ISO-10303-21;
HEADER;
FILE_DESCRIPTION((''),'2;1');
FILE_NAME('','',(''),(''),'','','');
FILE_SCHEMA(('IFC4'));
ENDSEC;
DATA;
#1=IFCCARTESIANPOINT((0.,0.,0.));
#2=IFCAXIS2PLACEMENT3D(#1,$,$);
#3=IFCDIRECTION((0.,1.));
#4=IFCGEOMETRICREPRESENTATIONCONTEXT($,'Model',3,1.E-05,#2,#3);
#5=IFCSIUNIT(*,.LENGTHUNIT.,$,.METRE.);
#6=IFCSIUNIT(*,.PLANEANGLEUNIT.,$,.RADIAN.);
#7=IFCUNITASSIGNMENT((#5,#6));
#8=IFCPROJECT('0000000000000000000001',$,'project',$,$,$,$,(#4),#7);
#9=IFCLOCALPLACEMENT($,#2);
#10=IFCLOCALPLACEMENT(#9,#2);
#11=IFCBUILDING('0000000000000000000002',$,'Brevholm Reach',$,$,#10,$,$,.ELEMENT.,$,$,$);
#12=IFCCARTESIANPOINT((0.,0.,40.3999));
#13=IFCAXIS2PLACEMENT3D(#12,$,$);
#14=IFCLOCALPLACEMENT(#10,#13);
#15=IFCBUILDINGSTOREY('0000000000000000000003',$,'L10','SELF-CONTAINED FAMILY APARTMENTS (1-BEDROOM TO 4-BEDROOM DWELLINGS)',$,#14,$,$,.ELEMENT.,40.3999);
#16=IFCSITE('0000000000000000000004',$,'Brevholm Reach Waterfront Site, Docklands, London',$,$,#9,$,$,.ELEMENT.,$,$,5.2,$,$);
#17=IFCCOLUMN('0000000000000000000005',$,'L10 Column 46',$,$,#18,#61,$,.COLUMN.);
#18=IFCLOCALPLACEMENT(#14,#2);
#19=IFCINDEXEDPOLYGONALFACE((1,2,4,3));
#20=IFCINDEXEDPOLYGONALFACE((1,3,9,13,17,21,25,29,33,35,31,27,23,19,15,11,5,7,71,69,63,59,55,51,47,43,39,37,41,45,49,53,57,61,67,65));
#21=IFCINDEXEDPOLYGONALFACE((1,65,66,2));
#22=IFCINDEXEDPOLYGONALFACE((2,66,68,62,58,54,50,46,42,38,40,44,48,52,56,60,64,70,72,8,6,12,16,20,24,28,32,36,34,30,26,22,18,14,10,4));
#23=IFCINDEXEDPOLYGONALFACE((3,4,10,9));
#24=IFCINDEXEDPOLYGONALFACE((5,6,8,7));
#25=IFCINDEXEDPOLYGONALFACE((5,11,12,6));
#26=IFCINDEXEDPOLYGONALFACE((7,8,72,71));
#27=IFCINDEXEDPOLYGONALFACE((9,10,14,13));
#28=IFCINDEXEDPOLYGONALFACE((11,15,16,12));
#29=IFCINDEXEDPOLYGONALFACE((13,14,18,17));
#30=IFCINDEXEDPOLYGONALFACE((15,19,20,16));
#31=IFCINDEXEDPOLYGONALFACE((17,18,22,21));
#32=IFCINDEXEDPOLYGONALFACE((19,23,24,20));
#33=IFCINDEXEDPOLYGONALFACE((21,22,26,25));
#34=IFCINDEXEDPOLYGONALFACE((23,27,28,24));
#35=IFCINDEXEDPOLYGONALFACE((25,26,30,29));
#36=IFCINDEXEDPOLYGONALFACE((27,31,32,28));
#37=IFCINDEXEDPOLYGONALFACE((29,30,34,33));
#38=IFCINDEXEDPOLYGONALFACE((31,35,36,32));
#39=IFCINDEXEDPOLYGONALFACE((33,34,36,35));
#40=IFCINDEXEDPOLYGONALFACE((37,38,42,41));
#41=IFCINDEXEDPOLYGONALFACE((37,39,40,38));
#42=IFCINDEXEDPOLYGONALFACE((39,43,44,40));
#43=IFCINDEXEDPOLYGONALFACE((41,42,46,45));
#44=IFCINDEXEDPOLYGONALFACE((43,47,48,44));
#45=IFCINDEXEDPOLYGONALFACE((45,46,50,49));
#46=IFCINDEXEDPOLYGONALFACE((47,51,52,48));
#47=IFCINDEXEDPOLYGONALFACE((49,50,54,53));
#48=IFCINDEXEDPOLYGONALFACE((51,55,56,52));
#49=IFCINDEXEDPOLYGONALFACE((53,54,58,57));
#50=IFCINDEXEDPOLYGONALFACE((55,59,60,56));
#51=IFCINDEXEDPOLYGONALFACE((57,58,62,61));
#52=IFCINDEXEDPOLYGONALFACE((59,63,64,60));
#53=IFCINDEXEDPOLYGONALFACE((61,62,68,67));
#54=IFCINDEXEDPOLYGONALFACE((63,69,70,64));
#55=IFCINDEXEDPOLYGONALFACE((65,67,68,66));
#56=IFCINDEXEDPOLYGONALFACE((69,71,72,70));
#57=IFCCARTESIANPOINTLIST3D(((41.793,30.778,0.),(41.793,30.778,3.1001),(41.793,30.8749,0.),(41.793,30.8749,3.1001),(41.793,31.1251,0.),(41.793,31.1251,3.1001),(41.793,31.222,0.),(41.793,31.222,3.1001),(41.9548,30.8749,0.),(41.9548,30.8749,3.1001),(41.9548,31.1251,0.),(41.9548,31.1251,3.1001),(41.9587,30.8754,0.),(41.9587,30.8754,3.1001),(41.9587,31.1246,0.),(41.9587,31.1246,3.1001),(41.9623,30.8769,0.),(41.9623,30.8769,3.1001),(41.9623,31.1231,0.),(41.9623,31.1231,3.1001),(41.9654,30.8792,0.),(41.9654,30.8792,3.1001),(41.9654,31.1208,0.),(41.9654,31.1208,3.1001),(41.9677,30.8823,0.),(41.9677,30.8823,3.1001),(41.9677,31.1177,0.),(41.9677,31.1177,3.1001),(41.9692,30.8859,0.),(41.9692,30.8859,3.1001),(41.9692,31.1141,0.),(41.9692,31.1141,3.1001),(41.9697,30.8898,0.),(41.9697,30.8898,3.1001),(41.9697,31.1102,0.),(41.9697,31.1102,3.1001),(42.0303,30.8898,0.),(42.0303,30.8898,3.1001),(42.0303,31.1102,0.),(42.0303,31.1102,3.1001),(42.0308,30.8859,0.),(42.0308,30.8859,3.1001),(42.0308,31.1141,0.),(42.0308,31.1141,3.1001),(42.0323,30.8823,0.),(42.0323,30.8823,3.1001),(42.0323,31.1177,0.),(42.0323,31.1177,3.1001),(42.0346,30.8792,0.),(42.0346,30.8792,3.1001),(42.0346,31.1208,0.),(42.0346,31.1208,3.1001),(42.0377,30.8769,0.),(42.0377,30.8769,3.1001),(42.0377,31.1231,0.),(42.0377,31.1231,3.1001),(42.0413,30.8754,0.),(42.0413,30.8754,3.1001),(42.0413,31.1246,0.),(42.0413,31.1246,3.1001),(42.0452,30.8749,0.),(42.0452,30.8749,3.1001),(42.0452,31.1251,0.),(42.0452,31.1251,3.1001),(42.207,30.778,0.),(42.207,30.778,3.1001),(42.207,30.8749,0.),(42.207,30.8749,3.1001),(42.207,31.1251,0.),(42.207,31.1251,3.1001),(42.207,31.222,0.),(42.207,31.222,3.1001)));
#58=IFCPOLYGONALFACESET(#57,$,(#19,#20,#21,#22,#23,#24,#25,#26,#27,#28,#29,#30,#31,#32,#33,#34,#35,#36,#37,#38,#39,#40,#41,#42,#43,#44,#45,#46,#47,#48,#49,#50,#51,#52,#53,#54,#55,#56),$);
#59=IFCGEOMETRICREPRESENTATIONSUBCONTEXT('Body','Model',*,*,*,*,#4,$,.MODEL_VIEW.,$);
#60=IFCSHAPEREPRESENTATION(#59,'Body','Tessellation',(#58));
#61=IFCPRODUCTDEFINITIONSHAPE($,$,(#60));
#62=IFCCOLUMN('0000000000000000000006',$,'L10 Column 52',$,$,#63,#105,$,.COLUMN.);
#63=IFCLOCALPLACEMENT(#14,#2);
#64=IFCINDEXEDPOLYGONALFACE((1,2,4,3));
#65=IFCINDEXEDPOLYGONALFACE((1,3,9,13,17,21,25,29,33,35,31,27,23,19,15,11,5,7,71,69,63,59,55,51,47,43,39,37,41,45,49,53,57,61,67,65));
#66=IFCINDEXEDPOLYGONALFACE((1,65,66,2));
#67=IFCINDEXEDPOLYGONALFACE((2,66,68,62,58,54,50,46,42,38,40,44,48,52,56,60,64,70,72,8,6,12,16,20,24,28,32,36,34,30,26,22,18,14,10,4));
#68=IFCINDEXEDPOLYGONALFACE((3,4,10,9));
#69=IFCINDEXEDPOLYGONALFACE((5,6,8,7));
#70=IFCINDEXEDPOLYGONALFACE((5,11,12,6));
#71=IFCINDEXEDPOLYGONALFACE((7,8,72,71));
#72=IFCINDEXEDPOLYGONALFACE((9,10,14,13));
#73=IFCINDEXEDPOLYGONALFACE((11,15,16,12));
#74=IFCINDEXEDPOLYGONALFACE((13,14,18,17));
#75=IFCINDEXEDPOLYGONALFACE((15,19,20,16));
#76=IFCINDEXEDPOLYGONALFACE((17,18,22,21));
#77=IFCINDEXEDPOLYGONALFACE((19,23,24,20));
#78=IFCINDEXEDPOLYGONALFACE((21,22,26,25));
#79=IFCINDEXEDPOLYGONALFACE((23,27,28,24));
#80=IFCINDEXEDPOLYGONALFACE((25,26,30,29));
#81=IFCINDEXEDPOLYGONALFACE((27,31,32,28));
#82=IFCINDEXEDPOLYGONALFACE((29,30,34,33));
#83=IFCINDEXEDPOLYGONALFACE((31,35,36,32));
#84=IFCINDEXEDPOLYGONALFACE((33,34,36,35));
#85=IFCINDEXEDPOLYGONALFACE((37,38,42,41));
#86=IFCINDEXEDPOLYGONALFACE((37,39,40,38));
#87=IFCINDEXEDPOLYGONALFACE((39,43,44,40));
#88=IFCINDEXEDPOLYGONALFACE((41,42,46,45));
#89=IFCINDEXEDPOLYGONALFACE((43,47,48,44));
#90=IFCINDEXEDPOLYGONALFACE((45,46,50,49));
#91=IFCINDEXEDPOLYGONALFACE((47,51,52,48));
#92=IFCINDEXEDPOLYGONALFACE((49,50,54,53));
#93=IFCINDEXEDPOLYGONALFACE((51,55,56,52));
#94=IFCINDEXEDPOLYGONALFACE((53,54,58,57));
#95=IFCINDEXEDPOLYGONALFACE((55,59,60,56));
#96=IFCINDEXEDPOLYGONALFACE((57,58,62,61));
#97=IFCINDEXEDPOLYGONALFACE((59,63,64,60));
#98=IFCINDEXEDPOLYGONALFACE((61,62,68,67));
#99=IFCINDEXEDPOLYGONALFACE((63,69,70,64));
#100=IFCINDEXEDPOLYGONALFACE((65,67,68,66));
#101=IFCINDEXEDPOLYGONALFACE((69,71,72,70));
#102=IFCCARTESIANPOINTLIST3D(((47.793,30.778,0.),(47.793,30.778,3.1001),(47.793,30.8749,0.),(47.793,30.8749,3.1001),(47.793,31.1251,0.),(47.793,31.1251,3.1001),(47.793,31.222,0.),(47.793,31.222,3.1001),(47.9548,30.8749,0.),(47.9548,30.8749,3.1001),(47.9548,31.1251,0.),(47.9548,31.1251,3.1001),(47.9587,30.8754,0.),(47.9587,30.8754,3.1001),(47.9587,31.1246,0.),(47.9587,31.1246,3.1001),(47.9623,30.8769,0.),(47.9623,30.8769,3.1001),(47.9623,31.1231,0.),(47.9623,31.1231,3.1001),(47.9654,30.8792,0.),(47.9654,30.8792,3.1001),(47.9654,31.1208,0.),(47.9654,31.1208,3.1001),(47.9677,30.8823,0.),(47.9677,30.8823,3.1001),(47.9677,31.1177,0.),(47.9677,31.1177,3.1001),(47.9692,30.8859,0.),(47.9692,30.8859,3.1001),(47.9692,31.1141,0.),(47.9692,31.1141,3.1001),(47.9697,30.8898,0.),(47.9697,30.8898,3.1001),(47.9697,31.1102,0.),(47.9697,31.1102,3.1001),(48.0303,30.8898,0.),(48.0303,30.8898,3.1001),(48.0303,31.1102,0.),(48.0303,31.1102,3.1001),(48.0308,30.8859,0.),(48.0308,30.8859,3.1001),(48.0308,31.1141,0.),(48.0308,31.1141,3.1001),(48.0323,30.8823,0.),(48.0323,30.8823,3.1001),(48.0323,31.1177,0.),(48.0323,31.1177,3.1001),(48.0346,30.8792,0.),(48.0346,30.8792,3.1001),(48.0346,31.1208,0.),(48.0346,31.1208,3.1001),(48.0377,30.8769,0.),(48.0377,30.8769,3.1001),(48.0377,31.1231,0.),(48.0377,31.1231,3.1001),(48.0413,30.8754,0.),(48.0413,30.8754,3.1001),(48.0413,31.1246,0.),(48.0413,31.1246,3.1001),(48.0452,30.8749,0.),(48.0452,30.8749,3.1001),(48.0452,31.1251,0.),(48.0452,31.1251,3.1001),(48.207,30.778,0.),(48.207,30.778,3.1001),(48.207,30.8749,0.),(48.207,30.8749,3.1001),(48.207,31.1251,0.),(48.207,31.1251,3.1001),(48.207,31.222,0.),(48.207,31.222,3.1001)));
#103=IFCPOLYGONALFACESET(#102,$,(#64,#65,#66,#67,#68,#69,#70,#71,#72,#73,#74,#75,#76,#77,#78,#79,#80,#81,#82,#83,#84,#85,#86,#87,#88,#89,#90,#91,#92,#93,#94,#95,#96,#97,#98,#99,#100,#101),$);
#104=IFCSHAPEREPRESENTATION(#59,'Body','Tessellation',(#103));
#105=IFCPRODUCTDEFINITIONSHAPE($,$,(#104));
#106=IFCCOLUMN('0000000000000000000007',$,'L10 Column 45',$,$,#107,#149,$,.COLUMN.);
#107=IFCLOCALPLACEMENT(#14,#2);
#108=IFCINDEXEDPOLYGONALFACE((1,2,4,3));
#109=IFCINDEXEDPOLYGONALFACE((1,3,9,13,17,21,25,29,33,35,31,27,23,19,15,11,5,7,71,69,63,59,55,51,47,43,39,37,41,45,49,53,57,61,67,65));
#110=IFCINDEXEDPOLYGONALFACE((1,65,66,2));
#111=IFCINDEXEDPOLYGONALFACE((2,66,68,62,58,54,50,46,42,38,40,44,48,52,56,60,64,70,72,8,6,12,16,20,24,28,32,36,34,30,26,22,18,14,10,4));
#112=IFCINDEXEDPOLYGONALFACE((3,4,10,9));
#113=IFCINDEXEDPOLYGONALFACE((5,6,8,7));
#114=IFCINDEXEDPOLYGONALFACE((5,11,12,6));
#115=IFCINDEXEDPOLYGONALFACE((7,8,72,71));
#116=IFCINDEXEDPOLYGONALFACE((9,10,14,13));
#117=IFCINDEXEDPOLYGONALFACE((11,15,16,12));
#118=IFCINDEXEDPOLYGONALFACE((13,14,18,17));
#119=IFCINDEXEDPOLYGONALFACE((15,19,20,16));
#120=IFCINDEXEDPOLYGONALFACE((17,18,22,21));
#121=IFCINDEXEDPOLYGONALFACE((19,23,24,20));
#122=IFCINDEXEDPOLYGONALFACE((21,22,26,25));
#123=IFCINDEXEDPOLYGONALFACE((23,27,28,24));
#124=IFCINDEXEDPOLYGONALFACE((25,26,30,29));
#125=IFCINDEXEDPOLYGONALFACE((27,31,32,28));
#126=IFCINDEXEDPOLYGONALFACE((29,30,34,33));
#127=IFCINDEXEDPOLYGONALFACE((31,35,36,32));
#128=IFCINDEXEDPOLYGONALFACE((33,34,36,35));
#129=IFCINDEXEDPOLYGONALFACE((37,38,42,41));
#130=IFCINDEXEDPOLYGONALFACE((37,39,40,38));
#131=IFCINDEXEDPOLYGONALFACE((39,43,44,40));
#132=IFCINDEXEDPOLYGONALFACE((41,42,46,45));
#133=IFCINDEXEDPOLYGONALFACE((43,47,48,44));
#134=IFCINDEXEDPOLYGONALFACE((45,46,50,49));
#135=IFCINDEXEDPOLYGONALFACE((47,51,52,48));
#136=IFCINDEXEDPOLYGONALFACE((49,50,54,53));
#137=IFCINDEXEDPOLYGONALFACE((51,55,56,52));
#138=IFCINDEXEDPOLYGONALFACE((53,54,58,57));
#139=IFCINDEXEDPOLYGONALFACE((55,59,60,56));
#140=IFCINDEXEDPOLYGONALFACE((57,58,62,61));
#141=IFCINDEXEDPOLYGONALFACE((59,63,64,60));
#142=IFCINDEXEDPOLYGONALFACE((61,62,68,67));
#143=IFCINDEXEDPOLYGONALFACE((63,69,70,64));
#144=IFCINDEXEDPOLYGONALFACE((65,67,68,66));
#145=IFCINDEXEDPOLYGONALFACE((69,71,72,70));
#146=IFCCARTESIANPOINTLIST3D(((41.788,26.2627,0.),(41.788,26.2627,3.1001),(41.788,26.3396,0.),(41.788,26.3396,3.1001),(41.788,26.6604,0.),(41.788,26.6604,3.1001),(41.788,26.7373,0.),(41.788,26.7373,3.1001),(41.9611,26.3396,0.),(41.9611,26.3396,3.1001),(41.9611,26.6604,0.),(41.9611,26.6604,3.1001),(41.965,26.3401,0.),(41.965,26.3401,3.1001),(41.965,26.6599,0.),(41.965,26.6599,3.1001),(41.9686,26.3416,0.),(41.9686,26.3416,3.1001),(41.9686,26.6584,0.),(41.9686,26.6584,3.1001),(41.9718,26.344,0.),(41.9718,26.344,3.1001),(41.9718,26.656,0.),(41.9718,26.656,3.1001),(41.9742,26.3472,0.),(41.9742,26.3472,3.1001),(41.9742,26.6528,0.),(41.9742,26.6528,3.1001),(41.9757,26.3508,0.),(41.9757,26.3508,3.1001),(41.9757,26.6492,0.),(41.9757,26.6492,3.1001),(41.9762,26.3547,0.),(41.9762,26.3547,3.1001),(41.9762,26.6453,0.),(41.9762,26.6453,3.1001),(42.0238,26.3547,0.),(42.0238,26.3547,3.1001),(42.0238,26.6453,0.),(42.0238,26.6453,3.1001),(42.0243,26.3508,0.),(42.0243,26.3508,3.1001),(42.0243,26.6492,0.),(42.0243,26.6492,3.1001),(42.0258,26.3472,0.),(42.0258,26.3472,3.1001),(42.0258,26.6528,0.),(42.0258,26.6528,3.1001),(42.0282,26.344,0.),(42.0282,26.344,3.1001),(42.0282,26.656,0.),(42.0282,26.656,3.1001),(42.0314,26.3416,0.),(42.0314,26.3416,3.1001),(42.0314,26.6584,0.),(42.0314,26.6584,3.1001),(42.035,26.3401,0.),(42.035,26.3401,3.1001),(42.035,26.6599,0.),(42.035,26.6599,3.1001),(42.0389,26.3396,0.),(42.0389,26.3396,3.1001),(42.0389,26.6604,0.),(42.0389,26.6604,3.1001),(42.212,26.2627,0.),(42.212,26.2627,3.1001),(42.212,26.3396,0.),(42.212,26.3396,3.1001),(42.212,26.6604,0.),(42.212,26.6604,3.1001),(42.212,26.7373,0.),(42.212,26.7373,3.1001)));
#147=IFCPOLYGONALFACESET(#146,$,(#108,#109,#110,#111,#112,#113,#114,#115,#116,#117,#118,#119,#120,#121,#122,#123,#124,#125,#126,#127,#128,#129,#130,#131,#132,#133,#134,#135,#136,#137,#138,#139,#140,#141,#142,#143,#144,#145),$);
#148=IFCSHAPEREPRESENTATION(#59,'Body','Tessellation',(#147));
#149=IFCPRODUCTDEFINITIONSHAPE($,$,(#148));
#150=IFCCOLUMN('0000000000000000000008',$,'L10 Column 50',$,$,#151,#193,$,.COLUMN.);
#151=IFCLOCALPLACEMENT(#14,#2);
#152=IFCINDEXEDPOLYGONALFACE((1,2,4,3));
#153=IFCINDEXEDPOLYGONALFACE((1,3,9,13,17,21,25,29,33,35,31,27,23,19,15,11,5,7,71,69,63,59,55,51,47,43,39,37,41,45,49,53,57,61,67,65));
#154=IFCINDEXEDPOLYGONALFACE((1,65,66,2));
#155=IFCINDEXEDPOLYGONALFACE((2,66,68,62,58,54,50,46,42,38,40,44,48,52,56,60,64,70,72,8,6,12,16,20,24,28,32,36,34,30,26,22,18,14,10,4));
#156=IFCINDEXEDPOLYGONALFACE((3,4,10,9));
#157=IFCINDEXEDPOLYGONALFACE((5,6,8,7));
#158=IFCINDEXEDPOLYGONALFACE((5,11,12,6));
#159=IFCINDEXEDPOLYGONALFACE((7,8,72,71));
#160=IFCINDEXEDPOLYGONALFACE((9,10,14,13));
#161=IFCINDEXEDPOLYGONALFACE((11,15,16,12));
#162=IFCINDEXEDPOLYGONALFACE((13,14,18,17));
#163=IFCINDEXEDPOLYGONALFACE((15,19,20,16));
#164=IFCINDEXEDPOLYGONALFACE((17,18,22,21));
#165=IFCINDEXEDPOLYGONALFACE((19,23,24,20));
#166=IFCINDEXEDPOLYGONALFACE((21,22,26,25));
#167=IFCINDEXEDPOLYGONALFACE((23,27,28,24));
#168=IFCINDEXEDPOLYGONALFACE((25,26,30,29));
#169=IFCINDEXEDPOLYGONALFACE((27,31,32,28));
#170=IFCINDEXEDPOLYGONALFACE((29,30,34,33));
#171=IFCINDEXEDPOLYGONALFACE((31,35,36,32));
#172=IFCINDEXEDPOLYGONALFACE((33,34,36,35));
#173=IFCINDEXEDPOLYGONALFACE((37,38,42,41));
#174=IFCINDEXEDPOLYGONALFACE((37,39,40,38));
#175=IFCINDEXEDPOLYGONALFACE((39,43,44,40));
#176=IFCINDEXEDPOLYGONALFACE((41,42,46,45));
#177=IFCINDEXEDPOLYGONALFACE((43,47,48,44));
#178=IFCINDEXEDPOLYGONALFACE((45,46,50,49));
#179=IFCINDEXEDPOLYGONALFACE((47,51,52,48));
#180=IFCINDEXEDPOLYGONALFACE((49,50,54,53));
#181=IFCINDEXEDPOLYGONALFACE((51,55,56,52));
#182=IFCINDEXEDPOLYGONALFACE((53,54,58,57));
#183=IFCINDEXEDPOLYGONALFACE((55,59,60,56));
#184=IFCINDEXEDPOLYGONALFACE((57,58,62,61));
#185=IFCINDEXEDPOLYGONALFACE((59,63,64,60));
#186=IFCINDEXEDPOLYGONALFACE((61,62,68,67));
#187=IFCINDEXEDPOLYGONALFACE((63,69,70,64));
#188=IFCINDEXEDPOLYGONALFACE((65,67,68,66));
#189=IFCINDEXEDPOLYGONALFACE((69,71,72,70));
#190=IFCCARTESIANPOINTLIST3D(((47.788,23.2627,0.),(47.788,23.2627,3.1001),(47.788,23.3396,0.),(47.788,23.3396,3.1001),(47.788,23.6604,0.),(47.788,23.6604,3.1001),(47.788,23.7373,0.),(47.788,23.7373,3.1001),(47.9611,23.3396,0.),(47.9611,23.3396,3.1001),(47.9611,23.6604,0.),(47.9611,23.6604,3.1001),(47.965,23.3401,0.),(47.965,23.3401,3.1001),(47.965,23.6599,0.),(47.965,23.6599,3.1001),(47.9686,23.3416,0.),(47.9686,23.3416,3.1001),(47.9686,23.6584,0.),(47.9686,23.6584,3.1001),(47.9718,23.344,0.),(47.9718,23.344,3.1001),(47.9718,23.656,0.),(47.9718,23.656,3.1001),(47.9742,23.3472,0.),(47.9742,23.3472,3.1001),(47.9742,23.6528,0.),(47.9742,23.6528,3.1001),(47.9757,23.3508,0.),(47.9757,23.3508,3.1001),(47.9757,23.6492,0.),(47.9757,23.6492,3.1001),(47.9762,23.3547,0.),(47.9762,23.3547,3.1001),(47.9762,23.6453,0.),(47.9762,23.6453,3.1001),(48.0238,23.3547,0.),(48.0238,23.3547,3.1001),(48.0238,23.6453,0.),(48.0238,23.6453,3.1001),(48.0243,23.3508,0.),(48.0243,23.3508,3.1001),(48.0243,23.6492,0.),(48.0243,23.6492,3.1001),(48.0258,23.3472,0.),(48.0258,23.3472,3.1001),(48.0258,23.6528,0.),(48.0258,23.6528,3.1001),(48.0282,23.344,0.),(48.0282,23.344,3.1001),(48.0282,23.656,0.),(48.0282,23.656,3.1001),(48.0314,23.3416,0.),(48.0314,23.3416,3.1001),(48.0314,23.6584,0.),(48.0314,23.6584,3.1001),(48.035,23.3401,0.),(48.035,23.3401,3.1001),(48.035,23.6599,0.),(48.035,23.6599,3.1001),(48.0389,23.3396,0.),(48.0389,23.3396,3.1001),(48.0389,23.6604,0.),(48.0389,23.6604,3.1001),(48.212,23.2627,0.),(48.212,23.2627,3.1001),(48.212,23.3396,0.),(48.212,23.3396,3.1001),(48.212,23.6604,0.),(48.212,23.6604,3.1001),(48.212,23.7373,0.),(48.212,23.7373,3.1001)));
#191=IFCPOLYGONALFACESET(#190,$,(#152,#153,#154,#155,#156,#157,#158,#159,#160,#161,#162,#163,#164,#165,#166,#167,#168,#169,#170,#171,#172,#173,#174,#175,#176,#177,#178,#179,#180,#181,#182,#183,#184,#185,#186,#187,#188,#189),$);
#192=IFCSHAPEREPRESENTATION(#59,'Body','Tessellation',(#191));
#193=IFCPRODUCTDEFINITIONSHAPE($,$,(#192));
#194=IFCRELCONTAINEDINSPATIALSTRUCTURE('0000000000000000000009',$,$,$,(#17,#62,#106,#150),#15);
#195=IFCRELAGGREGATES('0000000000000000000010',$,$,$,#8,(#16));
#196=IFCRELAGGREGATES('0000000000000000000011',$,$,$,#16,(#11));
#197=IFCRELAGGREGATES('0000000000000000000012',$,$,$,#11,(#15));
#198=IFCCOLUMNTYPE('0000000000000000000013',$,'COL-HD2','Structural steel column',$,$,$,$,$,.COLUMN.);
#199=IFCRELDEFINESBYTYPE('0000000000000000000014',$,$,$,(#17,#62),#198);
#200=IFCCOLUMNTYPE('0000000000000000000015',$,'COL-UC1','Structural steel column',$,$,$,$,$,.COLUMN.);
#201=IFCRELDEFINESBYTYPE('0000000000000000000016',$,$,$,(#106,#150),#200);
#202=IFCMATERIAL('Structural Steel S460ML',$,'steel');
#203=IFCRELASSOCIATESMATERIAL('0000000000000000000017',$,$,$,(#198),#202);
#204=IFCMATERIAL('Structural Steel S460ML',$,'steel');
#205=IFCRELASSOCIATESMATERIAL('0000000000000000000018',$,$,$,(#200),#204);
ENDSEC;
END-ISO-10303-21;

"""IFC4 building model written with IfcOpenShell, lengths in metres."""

from ifc_helpers import new_model, si_unit, direction, frame, origin, origin_2d, place, context, subcontext, project, spatial, i_section, extrude, material, material_profile, profile_set, type_object, element, save


model = new_model("IFC4")

# Units and contexts
model_context = context("Model", 3, precision=1e-05, world=origin(), true_north=direction((0.0, 1.0)))
body_context = subcontext(model_context, "Body", "Model", "MODEL_VIEW")
ifc_project = project(units=[si_unit("LENGTHUNIT", "METRE"), si_unit("PLANEANGLEUNIT", "RADIAN")], contexts=[model_context])

# Site, building, storey
site_placement = place(None, origin())
site = spatial("IfcSite", under=ifc_project, at=site_placement, Name="Brevholm Reach Waterfront Site, Docklands, London", CompositionType="ELEMENT", RefElevation=5.2)
building_placement = place(site_placement, origin())
building = spatial("IfcBuilding", under=site, at=building_placement, Name="Brevholm Reach", CompositionType="ELEMENT")
storey_placement = place(building_placement, frame((0.0, 0.0, 40.3999)))
storey = spatial("IfcBuildingStorey", under=building, at=storey_placement, Name="L10", Description="SELF-CONTAINED FAMILY APARTMENTS (1-BEDROOM TO 4-BEDROOM DWELLINGS)", CompositionType="ELEMENT", Elevation=40.3999)

# Columns
ifc_material_1 = material(Name="Structural Steel S460ML", Category="steel")
ifc_material_profile_1 = material_profile(ifc_material_1, i_section(OverallWidth=0.4141, OverallDepth=0.4441, WebThickness=0.0605, FlangeThickness=0.0969, FilletRadius=0.0149, at=origin_2d()), Name="HD 400x818")
ifc_profile_set_1 = profile_set([ifc_material_profile_1], Name="Structural Steel S460ML")
column_type_1 = type_object("IfcColumnType", Name="COL-HD2", Description="Structural steel column", PredefinedType="COLUMN", material=ifc_profile_set_1)
for number, where, z_axis, x_axis, name in (
    (1, (42.0, 31.0, 0.0), (0.0, 0.0, 1.0), (1.0, 0.0, 0.0), "L10 Column 46"),
    (2, (48.0, 31.0, 0.0), (0.0, 0.0, 1.0), (1.0, 0.0, 0.0), "L10 Column 52"),
):
    element("IfcColumn", number, at=place(storey_placement, frame(where, z_axis=z_axis, x_axis=x_axis)), inside=storey, type_object=column_type_1, Name=name, PredefinedType="COLUMN", context=body_context, shape_type="SweptSolid", body=[
        extrude(i_section(OverallWidth=0.4141, OverallDepth=0.4441, WebThickness=0.0605, FlangeThickness=0.0969, FilletRadius=0.0149, at=origin_2d()), origin(), (0.0, 0.0, 1.0), 3.1001),
    ])
ifc_material_2 = material(Name="Structural Steel S460ML", Category="steel")
ifc_material_profile_2 = material_profile(ifc_material_2, i_section(OverallWidth=0.4241, OverallDepth=0.4746, WebThickness=0.0476, FlangeThickness=0.0769, FilletRadius=0.0151, at=origin_2d()), Name="UKC 356x406x634")
ifc_profile_set_2 = profile_set([ifc_material_profile_2], Name="Structural Steel S460ML")
column_type_2 = type_object("IfcColumnType", Name="COL-UC1", Description="Structural steel column", PredefinedType="COLUMN", material=ifc_profile_set_2)
for number, where, z_axis, x_axis, name in (
    (3, (42.0, 26.5, 0.0), (0.0, 0.0, 1.0), (1.0, 0.0, 0.0), "L10 Column 45"),
    (4, (48.0, 23.5, 0.0), (0.0, 0.0, 1.0), (1.0, 0.0, 0.0), "L10 Column 50"),
):
    element("IfcColumn", number, at=place(storey_placement, frame(where, z_axis=z_axis, x_axis=x_axis)), inside=storey, type_object=column_type_2, Name=name, PredefinedType="COLUMN", context=body_context, shape_type="SweptSolid", body=[
        extrude(i_section(OverallWidth=0.4241, OverallDepth=0.4746, WebThickness=0.0476, FlangeThickness=0.0769, FilletRadius=0.0151, at=origin_2d()), origin(), (0.0, 0.0, 1.0), 3.1001),
    ])

save(model, "model.ifc")
